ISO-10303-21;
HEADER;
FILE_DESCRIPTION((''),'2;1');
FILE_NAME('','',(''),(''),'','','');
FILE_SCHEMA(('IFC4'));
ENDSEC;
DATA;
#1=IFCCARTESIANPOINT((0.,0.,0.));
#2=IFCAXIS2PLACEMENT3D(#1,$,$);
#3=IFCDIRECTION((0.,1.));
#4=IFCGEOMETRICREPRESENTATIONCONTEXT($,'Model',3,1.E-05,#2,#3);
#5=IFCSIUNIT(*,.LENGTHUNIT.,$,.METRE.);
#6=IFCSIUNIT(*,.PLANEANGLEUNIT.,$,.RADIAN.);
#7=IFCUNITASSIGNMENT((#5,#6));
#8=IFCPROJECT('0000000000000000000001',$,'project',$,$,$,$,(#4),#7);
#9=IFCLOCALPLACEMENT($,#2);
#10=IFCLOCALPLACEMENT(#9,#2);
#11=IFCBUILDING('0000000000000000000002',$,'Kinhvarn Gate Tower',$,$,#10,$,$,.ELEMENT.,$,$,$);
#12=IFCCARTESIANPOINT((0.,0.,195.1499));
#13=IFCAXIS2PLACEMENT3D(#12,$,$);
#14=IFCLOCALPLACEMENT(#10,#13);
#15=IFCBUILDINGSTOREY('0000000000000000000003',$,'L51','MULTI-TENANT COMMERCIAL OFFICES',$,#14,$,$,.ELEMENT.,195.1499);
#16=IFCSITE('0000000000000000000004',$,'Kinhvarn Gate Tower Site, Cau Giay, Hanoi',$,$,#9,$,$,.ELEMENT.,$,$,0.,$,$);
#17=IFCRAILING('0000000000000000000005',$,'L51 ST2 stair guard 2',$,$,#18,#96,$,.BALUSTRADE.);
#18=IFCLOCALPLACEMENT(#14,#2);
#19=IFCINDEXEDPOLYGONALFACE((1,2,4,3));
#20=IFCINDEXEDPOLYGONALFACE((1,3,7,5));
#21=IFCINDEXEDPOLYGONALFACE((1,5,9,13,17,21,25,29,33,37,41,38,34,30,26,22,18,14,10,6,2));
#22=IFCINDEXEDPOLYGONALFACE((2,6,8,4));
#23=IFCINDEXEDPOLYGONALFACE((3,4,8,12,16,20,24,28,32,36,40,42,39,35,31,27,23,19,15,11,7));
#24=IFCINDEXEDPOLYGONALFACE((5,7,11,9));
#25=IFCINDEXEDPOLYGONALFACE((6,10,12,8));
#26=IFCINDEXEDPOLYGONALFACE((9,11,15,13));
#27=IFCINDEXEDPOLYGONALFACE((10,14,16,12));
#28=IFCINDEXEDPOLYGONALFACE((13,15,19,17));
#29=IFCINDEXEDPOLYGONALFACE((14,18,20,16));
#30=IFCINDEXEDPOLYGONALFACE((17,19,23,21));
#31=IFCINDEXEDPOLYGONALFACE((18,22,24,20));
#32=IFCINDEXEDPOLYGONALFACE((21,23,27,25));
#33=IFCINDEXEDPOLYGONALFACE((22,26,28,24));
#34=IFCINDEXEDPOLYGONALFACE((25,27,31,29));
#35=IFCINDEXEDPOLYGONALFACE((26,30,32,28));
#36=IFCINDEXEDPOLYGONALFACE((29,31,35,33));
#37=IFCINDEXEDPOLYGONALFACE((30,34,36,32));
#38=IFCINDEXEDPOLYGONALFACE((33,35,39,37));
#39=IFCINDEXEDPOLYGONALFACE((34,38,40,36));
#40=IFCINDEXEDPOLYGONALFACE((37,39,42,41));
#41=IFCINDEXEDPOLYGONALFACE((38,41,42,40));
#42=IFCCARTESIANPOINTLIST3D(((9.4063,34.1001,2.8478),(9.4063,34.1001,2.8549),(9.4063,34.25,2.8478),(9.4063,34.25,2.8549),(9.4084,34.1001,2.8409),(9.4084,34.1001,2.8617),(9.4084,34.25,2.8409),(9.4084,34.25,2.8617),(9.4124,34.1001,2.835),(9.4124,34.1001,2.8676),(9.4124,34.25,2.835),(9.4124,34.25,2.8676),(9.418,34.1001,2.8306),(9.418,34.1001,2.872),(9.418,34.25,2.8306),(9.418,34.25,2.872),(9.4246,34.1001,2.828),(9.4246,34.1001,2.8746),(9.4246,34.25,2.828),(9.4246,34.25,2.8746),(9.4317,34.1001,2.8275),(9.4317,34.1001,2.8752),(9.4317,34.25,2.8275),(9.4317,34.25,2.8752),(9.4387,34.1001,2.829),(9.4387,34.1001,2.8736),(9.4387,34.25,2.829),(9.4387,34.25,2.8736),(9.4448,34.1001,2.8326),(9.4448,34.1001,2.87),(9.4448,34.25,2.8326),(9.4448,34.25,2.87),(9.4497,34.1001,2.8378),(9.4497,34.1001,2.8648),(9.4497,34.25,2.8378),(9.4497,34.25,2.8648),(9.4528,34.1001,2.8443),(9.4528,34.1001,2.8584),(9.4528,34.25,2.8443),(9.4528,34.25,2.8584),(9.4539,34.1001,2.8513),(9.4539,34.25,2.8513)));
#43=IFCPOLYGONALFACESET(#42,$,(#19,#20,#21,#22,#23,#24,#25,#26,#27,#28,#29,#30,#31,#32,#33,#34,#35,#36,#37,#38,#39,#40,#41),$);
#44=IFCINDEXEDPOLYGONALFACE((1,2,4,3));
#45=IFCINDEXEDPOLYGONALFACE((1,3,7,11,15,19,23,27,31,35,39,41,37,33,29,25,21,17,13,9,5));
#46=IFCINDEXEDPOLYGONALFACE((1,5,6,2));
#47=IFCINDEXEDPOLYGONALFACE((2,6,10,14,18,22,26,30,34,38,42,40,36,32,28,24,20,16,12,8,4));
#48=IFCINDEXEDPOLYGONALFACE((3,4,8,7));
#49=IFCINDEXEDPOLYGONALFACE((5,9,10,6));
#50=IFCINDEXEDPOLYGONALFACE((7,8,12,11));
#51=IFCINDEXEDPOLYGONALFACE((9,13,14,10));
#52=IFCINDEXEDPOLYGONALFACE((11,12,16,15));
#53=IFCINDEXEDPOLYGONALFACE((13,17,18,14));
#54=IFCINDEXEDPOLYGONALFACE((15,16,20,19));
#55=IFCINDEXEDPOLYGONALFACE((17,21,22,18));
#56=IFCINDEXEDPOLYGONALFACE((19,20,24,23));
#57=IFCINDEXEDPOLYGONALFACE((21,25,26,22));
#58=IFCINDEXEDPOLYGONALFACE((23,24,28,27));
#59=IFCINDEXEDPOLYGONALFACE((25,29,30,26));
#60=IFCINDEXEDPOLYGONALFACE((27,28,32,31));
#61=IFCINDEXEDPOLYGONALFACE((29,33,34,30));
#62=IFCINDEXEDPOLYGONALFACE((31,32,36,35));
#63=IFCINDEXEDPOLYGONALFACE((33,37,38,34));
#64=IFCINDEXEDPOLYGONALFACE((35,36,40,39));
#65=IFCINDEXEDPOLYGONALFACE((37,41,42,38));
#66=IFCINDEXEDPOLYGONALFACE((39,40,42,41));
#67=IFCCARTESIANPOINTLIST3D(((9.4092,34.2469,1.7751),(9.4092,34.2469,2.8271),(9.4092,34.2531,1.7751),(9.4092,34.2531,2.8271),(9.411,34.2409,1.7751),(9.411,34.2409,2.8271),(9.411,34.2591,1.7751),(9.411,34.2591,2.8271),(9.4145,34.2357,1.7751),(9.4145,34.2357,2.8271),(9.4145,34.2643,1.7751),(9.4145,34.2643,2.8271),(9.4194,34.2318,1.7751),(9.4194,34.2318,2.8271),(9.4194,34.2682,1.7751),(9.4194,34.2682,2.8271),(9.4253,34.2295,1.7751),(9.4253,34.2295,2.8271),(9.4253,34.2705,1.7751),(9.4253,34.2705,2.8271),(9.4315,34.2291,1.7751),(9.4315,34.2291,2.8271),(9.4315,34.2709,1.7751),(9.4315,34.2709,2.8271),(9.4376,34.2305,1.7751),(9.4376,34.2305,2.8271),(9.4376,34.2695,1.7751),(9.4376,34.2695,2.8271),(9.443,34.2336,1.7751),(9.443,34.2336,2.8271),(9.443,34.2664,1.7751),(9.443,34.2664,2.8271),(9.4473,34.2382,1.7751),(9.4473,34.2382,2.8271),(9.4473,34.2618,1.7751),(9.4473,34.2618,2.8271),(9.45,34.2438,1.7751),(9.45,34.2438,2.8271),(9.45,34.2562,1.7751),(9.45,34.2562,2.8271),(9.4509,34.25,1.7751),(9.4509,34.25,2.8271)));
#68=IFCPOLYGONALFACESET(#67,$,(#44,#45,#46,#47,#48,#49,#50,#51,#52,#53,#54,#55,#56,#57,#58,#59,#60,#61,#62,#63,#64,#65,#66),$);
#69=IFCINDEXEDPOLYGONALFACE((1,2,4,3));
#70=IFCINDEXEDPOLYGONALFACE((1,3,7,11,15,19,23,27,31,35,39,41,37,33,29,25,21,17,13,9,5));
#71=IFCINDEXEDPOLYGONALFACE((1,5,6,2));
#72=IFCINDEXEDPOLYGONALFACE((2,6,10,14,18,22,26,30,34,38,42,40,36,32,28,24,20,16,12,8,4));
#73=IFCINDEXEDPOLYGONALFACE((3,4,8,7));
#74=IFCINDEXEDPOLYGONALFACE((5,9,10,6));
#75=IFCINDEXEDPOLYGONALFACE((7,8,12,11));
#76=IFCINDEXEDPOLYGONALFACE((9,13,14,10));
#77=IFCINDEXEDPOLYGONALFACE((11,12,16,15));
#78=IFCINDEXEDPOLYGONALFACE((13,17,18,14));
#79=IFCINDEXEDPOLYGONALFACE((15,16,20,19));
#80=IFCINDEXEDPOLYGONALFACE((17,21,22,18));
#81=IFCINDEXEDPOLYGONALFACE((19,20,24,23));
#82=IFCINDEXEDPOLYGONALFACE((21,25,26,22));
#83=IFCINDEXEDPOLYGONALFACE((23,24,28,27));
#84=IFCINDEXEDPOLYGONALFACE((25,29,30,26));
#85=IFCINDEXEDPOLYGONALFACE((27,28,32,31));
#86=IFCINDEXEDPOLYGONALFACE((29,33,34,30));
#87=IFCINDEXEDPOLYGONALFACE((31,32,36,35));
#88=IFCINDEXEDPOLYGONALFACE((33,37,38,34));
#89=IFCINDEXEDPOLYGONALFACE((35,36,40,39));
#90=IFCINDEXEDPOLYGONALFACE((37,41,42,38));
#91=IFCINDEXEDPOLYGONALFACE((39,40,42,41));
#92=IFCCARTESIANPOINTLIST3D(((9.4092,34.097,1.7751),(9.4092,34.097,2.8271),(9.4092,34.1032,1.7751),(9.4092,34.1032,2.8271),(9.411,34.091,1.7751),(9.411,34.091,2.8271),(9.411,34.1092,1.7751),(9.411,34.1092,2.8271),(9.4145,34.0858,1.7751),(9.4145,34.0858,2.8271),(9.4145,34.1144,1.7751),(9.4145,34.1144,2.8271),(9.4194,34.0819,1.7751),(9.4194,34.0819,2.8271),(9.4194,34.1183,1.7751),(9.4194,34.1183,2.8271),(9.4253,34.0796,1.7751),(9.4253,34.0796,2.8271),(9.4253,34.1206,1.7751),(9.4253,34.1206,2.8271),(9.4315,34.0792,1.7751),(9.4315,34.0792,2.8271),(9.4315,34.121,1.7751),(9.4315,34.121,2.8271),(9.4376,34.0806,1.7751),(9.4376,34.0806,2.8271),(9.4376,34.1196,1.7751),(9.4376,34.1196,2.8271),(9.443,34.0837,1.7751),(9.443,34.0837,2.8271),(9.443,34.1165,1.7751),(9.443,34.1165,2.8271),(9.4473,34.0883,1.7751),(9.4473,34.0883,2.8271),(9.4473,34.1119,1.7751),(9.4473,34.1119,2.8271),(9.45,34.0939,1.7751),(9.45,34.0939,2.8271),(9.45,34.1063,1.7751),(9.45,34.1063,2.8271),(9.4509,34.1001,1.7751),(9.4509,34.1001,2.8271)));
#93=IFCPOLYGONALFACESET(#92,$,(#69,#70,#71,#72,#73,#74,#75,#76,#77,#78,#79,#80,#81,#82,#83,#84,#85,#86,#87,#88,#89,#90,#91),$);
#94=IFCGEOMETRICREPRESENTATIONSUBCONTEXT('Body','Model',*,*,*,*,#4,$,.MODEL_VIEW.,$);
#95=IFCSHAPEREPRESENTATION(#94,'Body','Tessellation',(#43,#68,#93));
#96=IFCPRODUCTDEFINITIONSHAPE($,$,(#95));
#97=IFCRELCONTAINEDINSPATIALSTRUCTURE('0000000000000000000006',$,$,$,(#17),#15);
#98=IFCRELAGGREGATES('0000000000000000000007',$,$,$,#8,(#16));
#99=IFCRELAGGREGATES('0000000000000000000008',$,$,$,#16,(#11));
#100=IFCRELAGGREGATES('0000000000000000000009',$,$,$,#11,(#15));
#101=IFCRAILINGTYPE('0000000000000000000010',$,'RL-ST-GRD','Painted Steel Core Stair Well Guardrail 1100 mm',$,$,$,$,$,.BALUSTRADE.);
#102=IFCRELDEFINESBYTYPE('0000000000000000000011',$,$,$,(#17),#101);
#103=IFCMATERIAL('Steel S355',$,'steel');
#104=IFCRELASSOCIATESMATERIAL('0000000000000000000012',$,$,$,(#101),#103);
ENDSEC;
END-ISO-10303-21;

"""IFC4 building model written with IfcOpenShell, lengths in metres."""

from ifc_helpers import new_model, si_unit, direction, frame, origin, origin_2d, place, context, subcontext, project, spatial, circle, extrude, material, type_object, element, save


model = new_model("IFC4")

# Units and contexts
model_context = context("Model", 3, precision=1e-05, world=origin(), true_north=direction((0.0, 1.0)))
body_context = subcontext(model_context, "Body", "Model", "MODEL_VIEW")
ifc_project = project(units=[si_unit("LENGTHUNIT", "METRE"), si_unit("PLANEANGLEUNIT", "RADIAN")], contexts=[model_context])

# Site, building, storey
site_placement = place(None, origin())
site = spatial("IfcSite", under=ifc_project, at=site_placement, Name="Kinhvarn Gate Tower Site, Cau Giay, Hanoi", CompositionType="ELEMENT", RefElevation=0.0)
building_placement = place(site_placement, origin())
building = spatial("IfcBuilding", under=site, at=building_placement, Name="Kinhvarn Gate Tower", CompositionType="ELEMENT")
storey_placement = place(building_placement, frame((0.0, 0.0, 195.1499)))
storey = spatial("IfcBuildingStorey", under=building, at=storey_placement, Name="L51", Description="MULTI-TENANT COMMERCIAL OFFICES", CompositionType="ELEMENT", Elevation=195.1499)

# Railing
ifc_material_1 = material(Name="Steel S355", Category="steel")
railing_type_1 = type_object("IfcRailingType", Name="RL-ST-GRD", Description="Painted Steel Core Stair Well Guardrail 1100 mm", PredefinedType="BALUSTRADE", material=ifc_material_1)
railing_1_placement = place(storey_placement, frame((9.4299, 34.25, 1.7751)))
element("IfcRailing", 1, at=railing_1_placement, inside=storey, type_object=railing_type_1, Name="L51 ST2 stair guard 2", PredefinedType="BALUSTRADE", context=body_context, shape_type="SweptSolid", body=[
    extrude(circle(Radius=0.0239, at=origin_2d()), frame((0.0, 0.0, 1.0762), z_axis=(0.0, -1.0, 0.0), x_axis=(1.0, 0.0, 0.0)), (0.0, 0.0, 1.0), 0.1499),
    extrude(circle(Radius=0.021, at=origin_2d()), origin(), (0.0, 0.0, 1.0), 1.052),
    extrude(circle(Radius=0.021, at=origin_2d()), frame((0.0, -0.1499, 0.0)), (0.0, 0.0, 1.0), 1.052),
])

save(model, "model.ifc")
